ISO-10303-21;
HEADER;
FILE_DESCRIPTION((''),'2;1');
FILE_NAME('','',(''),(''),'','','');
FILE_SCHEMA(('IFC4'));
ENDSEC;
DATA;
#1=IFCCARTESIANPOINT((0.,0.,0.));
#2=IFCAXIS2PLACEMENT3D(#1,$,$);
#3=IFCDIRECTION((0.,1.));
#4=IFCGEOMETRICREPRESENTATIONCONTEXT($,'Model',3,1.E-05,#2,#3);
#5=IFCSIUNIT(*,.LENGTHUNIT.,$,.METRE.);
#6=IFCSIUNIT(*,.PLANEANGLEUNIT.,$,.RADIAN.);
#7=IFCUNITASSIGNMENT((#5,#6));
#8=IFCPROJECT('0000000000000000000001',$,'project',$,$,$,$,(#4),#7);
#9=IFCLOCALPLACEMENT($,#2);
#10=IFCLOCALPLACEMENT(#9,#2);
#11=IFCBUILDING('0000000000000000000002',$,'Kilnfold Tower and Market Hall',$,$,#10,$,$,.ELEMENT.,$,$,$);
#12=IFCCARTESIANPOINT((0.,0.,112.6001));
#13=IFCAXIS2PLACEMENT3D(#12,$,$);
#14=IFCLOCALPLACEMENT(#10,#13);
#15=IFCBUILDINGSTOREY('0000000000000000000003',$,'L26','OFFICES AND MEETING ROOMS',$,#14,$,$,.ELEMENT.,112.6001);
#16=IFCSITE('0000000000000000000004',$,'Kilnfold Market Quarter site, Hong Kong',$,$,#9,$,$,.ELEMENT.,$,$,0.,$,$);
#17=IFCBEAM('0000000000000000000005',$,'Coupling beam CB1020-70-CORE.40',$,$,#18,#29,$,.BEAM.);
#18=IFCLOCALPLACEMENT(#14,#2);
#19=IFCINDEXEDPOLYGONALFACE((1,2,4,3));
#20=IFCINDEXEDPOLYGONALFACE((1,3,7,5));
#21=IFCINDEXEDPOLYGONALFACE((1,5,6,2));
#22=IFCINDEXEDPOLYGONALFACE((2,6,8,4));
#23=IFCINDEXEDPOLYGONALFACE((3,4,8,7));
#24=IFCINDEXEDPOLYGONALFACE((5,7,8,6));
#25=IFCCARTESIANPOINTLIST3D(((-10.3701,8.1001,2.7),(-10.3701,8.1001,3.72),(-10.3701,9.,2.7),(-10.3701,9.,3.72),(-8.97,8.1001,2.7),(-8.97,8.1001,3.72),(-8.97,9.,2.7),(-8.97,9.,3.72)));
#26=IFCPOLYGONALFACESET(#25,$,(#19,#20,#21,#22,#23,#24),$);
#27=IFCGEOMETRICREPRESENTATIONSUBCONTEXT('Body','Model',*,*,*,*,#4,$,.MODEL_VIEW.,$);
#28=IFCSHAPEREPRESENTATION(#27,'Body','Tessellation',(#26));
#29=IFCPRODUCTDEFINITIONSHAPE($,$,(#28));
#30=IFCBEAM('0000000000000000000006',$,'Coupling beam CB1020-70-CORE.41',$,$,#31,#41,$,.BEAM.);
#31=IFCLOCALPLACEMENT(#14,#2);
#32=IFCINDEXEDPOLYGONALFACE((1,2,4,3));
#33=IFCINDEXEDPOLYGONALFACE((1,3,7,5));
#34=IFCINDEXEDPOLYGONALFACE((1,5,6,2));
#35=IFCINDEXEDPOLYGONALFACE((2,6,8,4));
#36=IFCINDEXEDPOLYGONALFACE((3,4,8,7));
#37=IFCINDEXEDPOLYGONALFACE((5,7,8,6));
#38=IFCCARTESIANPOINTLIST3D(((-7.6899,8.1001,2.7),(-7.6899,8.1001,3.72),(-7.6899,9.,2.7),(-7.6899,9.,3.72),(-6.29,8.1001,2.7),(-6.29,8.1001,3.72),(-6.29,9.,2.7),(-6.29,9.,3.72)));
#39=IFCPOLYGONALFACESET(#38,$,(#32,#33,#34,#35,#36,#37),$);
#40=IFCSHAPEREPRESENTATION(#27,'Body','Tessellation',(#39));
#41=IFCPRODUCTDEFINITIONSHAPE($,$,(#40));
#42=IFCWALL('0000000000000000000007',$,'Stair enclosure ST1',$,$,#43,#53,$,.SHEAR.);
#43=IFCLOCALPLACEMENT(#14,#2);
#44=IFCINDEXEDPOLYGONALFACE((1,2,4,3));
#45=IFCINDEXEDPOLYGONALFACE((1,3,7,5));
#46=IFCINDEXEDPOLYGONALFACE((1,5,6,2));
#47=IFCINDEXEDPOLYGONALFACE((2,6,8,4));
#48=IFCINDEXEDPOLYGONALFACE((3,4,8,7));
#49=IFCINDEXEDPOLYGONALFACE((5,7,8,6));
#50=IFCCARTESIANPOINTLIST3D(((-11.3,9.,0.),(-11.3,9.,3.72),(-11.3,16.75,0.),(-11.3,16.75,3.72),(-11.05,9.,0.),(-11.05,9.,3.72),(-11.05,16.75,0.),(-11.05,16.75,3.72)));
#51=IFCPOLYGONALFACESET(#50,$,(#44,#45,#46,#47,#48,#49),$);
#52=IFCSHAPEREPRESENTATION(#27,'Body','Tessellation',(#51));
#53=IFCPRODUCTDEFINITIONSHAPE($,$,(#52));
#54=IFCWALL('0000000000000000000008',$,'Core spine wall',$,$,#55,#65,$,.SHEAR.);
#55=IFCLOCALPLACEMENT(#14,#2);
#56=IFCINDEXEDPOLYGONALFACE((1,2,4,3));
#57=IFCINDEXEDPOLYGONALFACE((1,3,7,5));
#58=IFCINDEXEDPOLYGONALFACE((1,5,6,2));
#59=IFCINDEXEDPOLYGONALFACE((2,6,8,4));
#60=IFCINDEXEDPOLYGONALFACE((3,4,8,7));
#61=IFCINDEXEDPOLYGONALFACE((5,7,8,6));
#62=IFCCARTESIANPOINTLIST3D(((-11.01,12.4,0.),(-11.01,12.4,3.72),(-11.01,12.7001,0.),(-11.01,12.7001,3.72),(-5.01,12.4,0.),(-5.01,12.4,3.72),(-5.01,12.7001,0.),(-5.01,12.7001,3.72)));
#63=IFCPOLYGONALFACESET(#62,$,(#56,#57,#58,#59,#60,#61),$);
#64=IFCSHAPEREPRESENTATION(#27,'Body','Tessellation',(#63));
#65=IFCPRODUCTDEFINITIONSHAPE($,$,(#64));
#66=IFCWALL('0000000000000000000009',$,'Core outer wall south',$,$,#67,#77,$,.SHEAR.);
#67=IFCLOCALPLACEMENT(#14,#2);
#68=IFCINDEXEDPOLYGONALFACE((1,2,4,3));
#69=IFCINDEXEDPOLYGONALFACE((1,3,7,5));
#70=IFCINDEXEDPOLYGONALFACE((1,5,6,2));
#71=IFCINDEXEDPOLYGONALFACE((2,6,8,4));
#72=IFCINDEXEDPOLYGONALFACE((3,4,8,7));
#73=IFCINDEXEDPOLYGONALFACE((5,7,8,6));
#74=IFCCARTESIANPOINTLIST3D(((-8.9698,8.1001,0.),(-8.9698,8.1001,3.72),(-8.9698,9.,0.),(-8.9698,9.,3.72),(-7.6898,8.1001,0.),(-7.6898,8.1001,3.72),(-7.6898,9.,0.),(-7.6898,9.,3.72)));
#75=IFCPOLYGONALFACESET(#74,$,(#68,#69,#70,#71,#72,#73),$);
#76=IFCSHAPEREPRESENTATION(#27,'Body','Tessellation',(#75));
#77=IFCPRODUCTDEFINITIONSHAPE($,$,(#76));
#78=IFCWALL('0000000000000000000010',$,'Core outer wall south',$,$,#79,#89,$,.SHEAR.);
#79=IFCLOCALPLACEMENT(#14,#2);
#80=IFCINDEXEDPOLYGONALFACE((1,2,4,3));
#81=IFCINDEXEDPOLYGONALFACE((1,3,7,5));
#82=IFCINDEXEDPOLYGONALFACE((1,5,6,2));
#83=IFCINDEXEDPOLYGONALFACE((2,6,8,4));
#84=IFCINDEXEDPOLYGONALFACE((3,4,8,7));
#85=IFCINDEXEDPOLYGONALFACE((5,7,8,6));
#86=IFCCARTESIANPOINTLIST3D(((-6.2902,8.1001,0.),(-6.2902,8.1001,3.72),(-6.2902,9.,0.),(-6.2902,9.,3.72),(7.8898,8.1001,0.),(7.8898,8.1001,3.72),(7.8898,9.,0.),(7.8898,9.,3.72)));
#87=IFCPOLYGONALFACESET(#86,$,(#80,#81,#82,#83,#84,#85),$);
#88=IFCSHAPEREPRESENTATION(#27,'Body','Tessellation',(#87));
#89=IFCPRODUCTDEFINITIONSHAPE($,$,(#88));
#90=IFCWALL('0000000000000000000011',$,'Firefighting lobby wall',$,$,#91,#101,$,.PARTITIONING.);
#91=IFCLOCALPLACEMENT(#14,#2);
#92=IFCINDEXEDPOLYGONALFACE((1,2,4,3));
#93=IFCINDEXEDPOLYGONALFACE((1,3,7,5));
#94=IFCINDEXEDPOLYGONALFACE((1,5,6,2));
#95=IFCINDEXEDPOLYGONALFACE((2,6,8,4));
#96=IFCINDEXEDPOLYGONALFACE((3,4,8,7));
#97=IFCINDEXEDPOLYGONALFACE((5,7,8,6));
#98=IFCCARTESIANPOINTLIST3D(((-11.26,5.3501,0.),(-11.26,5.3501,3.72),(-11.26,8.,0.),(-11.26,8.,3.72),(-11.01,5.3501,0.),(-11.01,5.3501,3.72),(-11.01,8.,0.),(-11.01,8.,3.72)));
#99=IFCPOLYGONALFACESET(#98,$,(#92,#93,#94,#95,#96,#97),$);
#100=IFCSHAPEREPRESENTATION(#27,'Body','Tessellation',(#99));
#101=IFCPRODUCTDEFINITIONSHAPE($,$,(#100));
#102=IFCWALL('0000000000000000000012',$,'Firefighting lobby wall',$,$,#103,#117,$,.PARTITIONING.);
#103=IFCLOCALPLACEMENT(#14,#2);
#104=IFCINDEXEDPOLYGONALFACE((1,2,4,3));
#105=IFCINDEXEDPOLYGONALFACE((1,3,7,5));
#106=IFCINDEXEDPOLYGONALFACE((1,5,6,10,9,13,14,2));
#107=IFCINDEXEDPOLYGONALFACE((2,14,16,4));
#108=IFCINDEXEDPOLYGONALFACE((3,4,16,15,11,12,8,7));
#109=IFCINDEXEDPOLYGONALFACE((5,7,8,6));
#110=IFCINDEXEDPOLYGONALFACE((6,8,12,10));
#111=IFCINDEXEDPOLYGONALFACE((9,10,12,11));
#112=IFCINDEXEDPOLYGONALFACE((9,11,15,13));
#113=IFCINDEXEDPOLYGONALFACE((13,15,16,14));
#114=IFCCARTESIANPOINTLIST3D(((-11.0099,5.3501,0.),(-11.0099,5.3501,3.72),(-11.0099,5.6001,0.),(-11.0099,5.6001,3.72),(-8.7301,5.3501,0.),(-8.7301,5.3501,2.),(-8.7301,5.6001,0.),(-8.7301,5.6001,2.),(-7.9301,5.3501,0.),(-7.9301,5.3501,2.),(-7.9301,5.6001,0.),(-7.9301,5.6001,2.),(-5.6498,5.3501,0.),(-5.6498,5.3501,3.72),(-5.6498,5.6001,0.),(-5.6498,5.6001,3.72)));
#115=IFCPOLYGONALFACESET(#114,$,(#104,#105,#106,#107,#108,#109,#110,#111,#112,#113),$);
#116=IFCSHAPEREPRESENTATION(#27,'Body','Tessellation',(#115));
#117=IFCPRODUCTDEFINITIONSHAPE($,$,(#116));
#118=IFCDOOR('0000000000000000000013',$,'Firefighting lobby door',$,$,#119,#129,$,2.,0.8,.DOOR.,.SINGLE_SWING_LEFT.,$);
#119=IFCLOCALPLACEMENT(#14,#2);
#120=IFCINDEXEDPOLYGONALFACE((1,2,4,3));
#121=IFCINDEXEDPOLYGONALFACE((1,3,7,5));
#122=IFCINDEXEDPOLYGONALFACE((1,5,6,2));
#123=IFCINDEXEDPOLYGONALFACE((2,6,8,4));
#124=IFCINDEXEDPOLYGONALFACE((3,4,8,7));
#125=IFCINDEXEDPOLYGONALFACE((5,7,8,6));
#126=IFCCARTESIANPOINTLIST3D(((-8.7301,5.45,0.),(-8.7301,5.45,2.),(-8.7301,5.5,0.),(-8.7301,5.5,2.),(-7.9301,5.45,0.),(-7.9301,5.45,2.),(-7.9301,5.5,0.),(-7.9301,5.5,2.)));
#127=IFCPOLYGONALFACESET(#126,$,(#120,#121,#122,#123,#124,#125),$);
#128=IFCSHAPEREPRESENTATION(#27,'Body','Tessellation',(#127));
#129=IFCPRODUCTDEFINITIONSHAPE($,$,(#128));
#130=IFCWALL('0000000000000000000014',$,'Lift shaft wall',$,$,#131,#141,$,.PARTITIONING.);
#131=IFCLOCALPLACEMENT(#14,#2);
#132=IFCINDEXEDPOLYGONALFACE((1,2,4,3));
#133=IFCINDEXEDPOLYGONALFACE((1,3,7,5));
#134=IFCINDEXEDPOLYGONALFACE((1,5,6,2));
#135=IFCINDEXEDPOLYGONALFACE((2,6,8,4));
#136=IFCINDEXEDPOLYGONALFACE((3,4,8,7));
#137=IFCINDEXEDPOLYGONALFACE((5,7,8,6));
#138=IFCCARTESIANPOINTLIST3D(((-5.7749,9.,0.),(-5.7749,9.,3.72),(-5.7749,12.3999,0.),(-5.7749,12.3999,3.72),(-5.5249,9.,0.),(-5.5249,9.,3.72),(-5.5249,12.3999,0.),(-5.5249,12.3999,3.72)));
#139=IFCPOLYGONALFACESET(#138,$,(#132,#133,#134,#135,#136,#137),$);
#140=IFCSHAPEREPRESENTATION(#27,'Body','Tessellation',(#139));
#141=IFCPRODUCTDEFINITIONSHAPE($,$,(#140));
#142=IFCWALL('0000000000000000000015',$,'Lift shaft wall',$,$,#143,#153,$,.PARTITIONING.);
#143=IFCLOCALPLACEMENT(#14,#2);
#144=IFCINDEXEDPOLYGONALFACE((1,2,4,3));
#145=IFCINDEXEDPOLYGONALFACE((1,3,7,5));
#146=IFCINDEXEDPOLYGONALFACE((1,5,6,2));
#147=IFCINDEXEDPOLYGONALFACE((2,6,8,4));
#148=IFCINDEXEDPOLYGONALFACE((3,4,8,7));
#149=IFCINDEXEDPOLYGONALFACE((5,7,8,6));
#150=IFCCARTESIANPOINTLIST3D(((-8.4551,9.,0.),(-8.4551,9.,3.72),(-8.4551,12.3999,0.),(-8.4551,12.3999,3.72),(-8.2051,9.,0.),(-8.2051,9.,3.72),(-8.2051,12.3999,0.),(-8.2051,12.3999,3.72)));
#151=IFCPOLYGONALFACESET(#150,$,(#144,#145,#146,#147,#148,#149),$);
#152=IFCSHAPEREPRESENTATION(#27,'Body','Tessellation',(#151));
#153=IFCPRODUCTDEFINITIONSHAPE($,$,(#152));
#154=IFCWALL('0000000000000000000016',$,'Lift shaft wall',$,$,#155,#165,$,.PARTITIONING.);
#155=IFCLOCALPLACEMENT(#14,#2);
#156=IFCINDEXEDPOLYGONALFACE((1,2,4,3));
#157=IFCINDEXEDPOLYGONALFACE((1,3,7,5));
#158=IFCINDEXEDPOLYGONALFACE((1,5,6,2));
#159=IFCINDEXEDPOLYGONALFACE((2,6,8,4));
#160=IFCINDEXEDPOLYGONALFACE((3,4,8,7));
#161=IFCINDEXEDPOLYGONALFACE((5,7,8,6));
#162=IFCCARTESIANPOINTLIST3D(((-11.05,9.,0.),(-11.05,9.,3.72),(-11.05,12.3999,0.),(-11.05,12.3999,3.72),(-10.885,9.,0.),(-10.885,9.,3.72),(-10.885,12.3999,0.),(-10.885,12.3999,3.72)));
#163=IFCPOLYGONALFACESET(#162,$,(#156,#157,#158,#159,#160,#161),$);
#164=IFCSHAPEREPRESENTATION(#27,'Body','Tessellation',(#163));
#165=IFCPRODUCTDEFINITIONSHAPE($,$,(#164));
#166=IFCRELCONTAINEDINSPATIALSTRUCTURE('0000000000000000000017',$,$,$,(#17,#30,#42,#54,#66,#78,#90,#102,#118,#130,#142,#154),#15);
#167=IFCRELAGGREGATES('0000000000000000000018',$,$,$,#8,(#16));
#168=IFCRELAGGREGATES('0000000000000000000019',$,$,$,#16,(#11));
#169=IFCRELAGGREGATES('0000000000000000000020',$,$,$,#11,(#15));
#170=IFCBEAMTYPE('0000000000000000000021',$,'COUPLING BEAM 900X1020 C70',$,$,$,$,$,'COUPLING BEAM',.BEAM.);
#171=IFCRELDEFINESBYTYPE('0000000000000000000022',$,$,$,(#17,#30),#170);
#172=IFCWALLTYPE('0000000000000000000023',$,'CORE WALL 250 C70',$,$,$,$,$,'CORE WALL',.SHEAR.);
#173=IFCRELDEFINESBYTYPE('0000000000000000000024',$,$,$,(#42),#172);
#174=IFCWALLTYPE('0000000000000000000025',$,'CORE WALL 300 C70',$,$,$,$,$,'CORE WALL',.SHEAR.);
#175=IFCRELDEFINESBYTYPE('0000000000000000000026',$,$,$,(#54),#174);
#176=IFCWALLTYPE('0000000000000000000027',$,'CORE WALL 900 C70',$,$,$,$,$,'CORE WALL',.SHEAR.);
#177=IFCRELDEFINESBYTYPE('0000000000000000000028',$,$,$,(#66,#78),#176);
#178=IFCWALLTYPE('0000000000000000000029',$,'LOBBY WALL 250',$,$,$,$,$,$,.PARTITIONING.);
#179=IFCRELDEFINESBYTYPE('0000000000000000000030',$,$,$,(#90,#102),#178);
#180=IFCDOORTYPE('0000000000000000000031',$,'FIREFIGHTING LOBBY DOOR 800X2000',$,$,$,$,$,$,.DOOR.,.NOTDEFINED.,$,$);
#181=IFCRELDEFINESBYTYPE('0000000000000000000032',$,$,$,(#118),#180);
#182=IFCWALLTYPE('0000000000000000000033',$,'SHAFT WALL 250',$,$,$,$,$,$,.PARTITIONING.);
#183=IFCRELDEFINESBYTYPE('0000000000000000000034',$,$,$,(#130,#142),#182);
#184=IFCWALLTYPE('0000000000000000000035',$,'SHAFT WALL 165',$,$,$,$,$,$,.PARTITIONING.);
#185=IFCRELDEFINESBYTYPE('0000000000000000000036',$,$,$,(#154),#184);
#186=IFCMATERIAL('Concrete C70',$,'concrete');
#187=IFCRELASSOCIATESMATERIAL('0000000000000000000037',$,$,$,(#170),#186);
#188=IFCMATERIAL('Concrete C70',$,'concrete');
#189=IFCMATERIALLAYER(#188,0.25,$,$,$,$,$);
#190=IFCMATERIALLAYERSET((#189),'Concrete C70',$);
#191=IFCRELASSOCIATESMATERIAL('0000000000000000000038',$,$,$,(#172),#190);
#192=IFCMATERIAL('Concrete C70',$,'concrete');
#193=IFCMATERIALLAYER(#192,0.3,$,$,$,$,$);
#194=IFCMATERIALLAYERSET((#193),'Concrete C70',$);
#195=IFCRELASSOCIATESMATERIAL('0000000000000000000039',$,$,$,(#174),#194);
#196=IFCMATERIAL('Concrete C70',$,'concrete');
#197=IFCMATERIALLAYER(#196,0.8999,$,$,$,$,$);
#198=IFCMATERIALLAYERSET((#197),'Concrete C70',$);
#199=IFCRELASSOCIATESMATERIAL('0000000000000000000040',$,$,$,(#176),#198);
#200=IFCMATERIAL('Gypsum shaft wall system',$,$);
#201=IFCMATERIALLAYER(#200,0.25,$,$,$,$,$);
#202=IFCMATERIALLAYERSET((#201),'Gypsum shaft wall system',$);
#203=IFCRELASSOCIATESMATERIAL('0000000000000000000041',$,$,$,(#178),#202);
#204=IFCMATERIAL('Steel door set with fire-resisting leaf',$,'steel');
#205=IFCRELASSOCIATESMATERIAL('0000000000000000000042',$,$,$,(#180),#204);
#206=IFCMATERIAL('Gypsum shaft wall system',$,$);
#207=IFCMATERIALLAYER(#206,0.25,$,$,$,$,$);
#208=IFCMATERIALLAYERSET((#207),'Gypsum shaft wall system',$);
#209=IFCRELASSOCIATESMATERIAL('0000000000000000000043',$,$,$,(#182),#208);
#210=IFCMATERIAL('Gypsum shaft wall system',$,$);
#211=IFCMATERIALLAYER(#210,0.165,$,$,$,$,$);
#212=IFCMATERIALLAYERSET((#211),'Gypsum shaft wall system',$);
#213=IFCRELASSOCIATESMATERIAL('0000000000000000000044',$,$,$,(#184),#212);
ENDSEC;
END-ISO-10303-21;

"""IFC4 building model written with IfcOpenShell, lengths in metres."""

from ifc_helpers import new_model, si_unit, direction, frame, frame_2d, origin, origin_2d, place, context, subcontext, project, spatial, rectangle, extrude, source, transform, mapped, material, layer, layer_set, material_profile, profile_set, type_object, element, fill, save


model = new_model("IFC4")

# Units and contexts
model_context = context("Model", 3, precision=1e-05, world=origin(), true_north=direction((0.0, 1.0)))
body_context = subcontext(model_context, "Body", "Model", "MODEL_VIEW")
ifc_project = project(units=[si_unit("LENGTHUNIT", "METRE"), si_unit("PLANEANGLEUNIT", "RADIAN")], contexts=[model_context])

# Site, building, storey
site_placement = place(None, origin())
site = spatial("IfcSite", under=ifc_project, at=site_placement, Name="Kilnfold Market Quarter site, Hong Kong", CompositionType="ELEMENT", RefElevation=0.0)
building_placement = place(site_placement, origin())
building = spatial("IfcBuilding", under=site, at=building_placement, Name="Kilnfold Tower and Market Hall", CompositionType="ELEMENT")
storey_placement = place(building_placement, frame((0.0, 0.0, 112.6001)))
storey = spatial("IfcBuildingStorey", under=building, at=storey_placement, Name="L26", Description="OFFICES AND MEETING ROOMS", CompositionType="ELEMENT", Elevation=112.6001)

# Beams
ifc_material_1 = material(Name="Concrete C70", Category="concrete")
ifc_material_profile = material_profile(ifc_material_1, rectangle(XDim=0.8999, YDim=1.02, at=origin_2d()), Name="RC 900x1020")
ifc_profile_set = profile_set([ifc_material_profile], Name="Concrete C70")
beam_type = type_object("IfcBeamType", Name="COUPLING BEAM 900X1020 C70", ElementType="COUPLING BEAM", PredefinedType="BEAM", material=ifc_profile_set)
shared_shape_1 = source(origin(), body_context, "Body", "SweptSolid", [
    extrude(rectangle(XDim=0.8999, YDim=1.02, at=origin_2d()), origin(), (0.0, 0.0, 1.0), 1.4001),
])
beam_1_placement = place(storey_placement, frame((-10.3701, 8.55, 3.21), z_axis=(1.0, 0.0, 0.0), x_axis=(0.0, 1.0, 0.0)))
element("IfcBeam", 1, at=beam_1_placement, inside=storey, type_object=beam_type, Name="Coupling beam CB1020-70-CORE.40", PredefinedType="BEAM", context=body_context, shape_type="MappedRepresentation", body=[
    mapped(shared_shape_1, transform((0.0, 0.0, 0.0))),
])
shared_shape_2 = source(origin(), body_context, "Body", "SweptSolid", [
    extrude(rectangle(XDim=0.8999, YDim=1.02, at=origin_2d()), origin(), (0.0, 0.0, 1.0), 1.3999),
])
beam_2_placement = place(storey_placement, frame((-7.6899, 8.55, 3.21), z_axis=(1.0, 0.0, 0.0), x_axis=(0.0, 1.0, 0.0)))
element("IfcBeam", 2, at=beam_2_placement, inside=storey, type_object=beam_type, Name="Coupling beam CB1020-70-CORE.41", PredefinedType="BEAM", context=body_context, shape_type="MappedRepresentation", body=[
    mapped(shared_shape_2, transform((0.0, 0.0, 0.0))),
])

# Walls
ifc_material_2 = material(Name="Concrete C70", Category="concrete")
ifc_layer_1 = layer(ifc_material_2, 0.25)
ifc_layer_set_1 = layer_set([ifc_layer_1], Name="Concrete C70")
wall_type_1 = type_object("IfcWallType", Name="CORE WALL 250 C70", ElementType="CORE WALL", PredefinedType="SHEAR", material=ifc_layer_set_1)
shared_shape_3 = source(origin(), body_context, "Body", "SweptSolid", [
    extrude(rectangle(XDim=7.75, YDim=0.25, at=frame_2d((3.875, 0.0))), origin(), (0.0, 0.0, 1.0), 3.72),
])
wall_1_placement = place(storey_placement, frame((-11.175, 9.0, 0.0), z_axis=(0.0, 0.0, 1.0), x_axis=(0.0, 1.0, 0.0)))
element("IfcWall", 3, at=wall_1_placement, inside=storey, type_object=wall_type_1, Name="Stair enclosure ST1", PredefinedType="SHEAR", context=body_context, shape_type="MappedRepresentation", body=[
    mapped(shared_shape_3, transform((0.0, 0.0, 0.0))),
])
ifc_material_3 = material(Name="Concrete C70", Category="concrete")
ifc_layer_2 = layer(ifc_material_3, 0.3)
ifc_layer_set_2 = layer_set([ifc_layer_2], Name="Concrete C70")
wall_type_2 = type_object("IfcWallType", Name="CORE WALL 300 C70", ElementType="CORE WALL", PredefinedType="SHEAR", material=ifc_layer_set_2)
shared_shape_4 = source(origin(), body_context, "Body", "SweptSolid", [
    extrude(rectangle(XDim=6.0, YDim=0.3, at=frame_2d((3.0, 0.0))), origin(), (0.0, 0.0, 1.0), 3.72),
])
wall_2_placement = place(storey_placement, frame((-11.01, 12.55, 0.0), z_axis=(0.0, 0.0, 1.0), x_axis=(1.0, 0.0, 0.0)))
element("IfcWall", 4, at=wall_2_placement, inside=storey, type_object=wall_type_2, Name="Core spine wall", PredefinedType="SHEAR", context=body_context, shape_type="MappedRepresentation", body=[
    mapped(shared_shape_4, transform((0.0, 0.0, 0.0))),
])
ifc_material_4 = material(Name="Concrete C70", Category="concrete")
ifc_layer_3 = layer(ifc_material_4, 0.8999)
ifc_layer_set_3 = layer_set([ifc_layer_3], Name="Concrete C70")
wall_type_3 = type_object("IfcWallType", Name="CORE WALL 900 C70", ElementType="CORE WALL", PredefinedType="SHEAR", material=ifc_layer_set_3)
shared_shape_5 = source(origin(), body_context, "Body", "SweptSolid", [
    extrude(rectangle(XDim=1.28, YDim=0.8999, at=frame_2d((0.6401, 0.0))), origin(), (0.0, 0.0, 1.0), 3.72),
])
wall_3_placement = place(storey_placement, frame((-8.97, 8.55, 0.0), z_axis=(0.0, 0.0, 1.0), x_axis=(1.0, 0.0, 0.0)))
element("IfcWall", 5, at=wall_3_placement, inside=storey, type_object=wall_type_3, Name="Core outer wall south", PredefinedType="SHEAR", context=body_context, shape_type="MappedRepresentation", body=[
    mapped(shared_shape_5, transform((0.0, 0.0, 0.0))),
])
shared_shape_6 = source(origin(), body_context, "Body", "SweptSolid", [
    extrude(rectangle(XDim=14.1799, YDim=0.8999, at=frame_2d((7.0898, 0.0))), origin(), (0.0, 0.0, 1.0), 3.72),
])
wall_4_placement = place(storey_placement, frame((-6.29, 8.55, 0.0), z_axis=(0.0, 0.0, 1.0), x_axis=(1.0, 0.0, 0.0)))
element("IfcWall", 6, at=wall_4_placement, inside=storey, type_object=wall_type_3, Name="Core outer wall south", PredefinedType="SHEAR", context=body_context, shape_type="MappedRepresentation", body=[
    mapped(shared_shape_6, transform((0.0, 0.0, 0.0))),
])
ifc_material_5 = material(Name="Gypsum shaft wall system")
ifc_layer_4 = layer(ifc_material_5, 0.25)
ifc_layer_set_4 = layer_set([ifc_layer_4], Name="Gypsum shaft wall system")
wall_type_4 = type_object("IfcWallType", Name="LOBBY WALL 250", PredefinedType="PARTITIONING", material=ifc_layer_set_4)
shared_shape_7 = source(origin(), body_context, "Body", "SweptSolid", [
    extrude(rectangle(XDim=2.6499, YDim=0.25, at=frame_2d((1.325, 0.0))), origin(), (0.0, 0.0, 1.0), 3.72),
])
wall_5_placement = place(storey_placement, frame((-11.135, 5.3501, 0.0), z_axis=(0.0, 0.0, 1.0), x_axis=(0.0, 1.0, 0.0)))
element("IfcWall", 7, at=wall_5_placement, inside=storey, type_object=wall_type_4, Name="Firefighting lobby wall", PredefinedType="PARTITIONING", context=body_context, shape_type="MappedRepresentation", body=[
    mapped(shared_shape_7, transform((0.0, 0.0, 0.0))),
])

# Wall, opening, door
shared_shape_8 = source(origin(), body_context, "Body", "SweptSolid", [
    extrude(rectangle(XDim=5.3601, YDim=0.25, at=frame_2d((2.6802, 0.0))), origin(), (0.0, 0.0, 1.0), 3.72),
])
wall_6_placement = place(storey_placement, frame((-11.01, 5.4751, 0.0), z_axis=(0.0, 0.0, 1.0), x_axis=(1.0, 0.0, 0.0)))
wall_6 = element("IfcWall", 8, at=wall_6_placement, inside=storey, type_object=wall_type_4, Name="Firefighting lobby wall", PredefinedType="PARTITIONING", context=body_context, shape_type="MappedRepresentation", body=[
    mapped(shared_shape_8, transform((0.0, 0.0, 0.0))),
])
opening_1_placement = place(wall_6_placement, frame((2.28, 0.0, 0.0)))
opening_1 = element("IfcOpeningElement", 9, at=opening_1_placement, cuts=wall_6, PredefinedType="OPENING", context=body_context, shape_type="SweptSolid", body=[
    extrude(rectangle(XDim=0.8, YDim=2.0, at=frame_2d((0.3999, 1.0))), frame((0.0, 0.135, 0.0), z_axis=(0.0, -1.0, 0.0), x_axis=(1.0, 0.0, 0.0)), (0.0, 0.0, 1.0), 0.27),
])
ifc_material_6 = material(Name="Steel door set with fire-resisting leaf", Category="steel")
door_type_1 = type_object("IfcDoorType", Name="FIREFIGHTING LOBBY DOOR 800X2000", OperationType="NOTDEFINED", PredefinedType="DOOR", material=ifc_material_6)
door_1_placement = place(opening_1_placement, origin())
door_1 = element("IfcDoor", 10, at=door_1_placement, inside=storey, type_object=door_type_1, Name="Firefighting lobby door", OperationType="SINGLE_SWING_LEFT", OverallHeight=2.0, OverallWidth=0.8, PredefinedType="DOOR", context=body_context, shape_type="SweptSolid", body=[
    extrude(rectangle(XDim=0.8, YDim=2.0, at=frame_2d((0.3999, 1.0))), frame((0.0, 0.0249, 0.0), z_axis=(0.0, -1.0, 0.0), x_axis=(1.0, 0.0, 0.0)), (0.0, 0.0, 1.0), 0.05),
])
fill(opening_1, door_1)

# Walls
ifc_material_7 = material(Name="Gypsum shaft wall system")
ifc_layer_5 = layer(ifc_material_7, 0.25)
ifc_layer_set_5 = layer_set([ifc_layer_5], Name="Gypsum shaft wall system")
wall_type_5 = type_object("IfcWallType", Name="SHAFT WALL 250", PredefinedType="PARTITIONING", material=ifc_layer_set_5)
shared_shape_9 = source(origin(), body_context, "Body", "SweptSolid", [
    extrude(rectangle(XDim=3.3999, YDim=0.25, at=frame_2d((1.7, 0.0))), origin(), (0.0, 0.0, 1.0), 3.72),
])
for number, where, z_axis, x_axis, name in (
    (11, (-5.6499, 9.0, 0.0), (0.0, 0.0, 1.0), (0.0, 1.0, 0.0), "Lift shaft wall"),
    (12, (-8.3301, 9.0, 0.0), (0.0, 0.0, 1.0), (0.0, 1.0, 0.0), "Lift shaft wall"),
):
    element("IfcWall", number, at=place(storey_placement, frame(where, z_axis=z_axis, x_axis=x_axis)), inside=storey, type_object=wall_type_5, Name=name, PredefinedType="PARTITIONING", context=body_context, shape_type="MappedRepresentation", body=[
        mapped(shared_shape_9, transform((0.0, 0.0, 0.0))),
    ])
ifc_material_8 = material(Name="Gypsum shaft wall system")
ifc_layer_6 = layer(ifc_material_8, 0.165)
ifc_layer_set_6 = layer_set([ifc_layer_6], Name="Gypsum shaft wall system")
wall_type_6 = type_object("IfcWallType", Name="SHAFT WALL 165", PredefinedType="PARTITIONING", material=ifc_layer_set_6)
shared_shape_10 = source(origin(), body_context, "Body", "SweptSolid", [
    extrude(rectangle(XDim=3.3999, YDim=0.165, at=frame_2d((1.7, 0.0))), origin(), (0.0, 0.0, 1.0), 3.72),
])
wall_7_placement = place(storey_placement, frame((-10.9675, 9.0, 0.0), z_axis=(0.0, 0.0, 1.0), x_axis=(0.0, 1.0, 0.0)))
element("IfcWall", 13, at=wall_7_placement, inside=storey, type_object=wall_type_6, Name="Lift shaft wall", PredefinedType="PARTITIONING", context=body_context, shape_type="MappedRepresentation", body=[
    mapped(shared_shape_10, transform((0.0, 0.0, 0.0))),
])

save(model, "model.ifc")
